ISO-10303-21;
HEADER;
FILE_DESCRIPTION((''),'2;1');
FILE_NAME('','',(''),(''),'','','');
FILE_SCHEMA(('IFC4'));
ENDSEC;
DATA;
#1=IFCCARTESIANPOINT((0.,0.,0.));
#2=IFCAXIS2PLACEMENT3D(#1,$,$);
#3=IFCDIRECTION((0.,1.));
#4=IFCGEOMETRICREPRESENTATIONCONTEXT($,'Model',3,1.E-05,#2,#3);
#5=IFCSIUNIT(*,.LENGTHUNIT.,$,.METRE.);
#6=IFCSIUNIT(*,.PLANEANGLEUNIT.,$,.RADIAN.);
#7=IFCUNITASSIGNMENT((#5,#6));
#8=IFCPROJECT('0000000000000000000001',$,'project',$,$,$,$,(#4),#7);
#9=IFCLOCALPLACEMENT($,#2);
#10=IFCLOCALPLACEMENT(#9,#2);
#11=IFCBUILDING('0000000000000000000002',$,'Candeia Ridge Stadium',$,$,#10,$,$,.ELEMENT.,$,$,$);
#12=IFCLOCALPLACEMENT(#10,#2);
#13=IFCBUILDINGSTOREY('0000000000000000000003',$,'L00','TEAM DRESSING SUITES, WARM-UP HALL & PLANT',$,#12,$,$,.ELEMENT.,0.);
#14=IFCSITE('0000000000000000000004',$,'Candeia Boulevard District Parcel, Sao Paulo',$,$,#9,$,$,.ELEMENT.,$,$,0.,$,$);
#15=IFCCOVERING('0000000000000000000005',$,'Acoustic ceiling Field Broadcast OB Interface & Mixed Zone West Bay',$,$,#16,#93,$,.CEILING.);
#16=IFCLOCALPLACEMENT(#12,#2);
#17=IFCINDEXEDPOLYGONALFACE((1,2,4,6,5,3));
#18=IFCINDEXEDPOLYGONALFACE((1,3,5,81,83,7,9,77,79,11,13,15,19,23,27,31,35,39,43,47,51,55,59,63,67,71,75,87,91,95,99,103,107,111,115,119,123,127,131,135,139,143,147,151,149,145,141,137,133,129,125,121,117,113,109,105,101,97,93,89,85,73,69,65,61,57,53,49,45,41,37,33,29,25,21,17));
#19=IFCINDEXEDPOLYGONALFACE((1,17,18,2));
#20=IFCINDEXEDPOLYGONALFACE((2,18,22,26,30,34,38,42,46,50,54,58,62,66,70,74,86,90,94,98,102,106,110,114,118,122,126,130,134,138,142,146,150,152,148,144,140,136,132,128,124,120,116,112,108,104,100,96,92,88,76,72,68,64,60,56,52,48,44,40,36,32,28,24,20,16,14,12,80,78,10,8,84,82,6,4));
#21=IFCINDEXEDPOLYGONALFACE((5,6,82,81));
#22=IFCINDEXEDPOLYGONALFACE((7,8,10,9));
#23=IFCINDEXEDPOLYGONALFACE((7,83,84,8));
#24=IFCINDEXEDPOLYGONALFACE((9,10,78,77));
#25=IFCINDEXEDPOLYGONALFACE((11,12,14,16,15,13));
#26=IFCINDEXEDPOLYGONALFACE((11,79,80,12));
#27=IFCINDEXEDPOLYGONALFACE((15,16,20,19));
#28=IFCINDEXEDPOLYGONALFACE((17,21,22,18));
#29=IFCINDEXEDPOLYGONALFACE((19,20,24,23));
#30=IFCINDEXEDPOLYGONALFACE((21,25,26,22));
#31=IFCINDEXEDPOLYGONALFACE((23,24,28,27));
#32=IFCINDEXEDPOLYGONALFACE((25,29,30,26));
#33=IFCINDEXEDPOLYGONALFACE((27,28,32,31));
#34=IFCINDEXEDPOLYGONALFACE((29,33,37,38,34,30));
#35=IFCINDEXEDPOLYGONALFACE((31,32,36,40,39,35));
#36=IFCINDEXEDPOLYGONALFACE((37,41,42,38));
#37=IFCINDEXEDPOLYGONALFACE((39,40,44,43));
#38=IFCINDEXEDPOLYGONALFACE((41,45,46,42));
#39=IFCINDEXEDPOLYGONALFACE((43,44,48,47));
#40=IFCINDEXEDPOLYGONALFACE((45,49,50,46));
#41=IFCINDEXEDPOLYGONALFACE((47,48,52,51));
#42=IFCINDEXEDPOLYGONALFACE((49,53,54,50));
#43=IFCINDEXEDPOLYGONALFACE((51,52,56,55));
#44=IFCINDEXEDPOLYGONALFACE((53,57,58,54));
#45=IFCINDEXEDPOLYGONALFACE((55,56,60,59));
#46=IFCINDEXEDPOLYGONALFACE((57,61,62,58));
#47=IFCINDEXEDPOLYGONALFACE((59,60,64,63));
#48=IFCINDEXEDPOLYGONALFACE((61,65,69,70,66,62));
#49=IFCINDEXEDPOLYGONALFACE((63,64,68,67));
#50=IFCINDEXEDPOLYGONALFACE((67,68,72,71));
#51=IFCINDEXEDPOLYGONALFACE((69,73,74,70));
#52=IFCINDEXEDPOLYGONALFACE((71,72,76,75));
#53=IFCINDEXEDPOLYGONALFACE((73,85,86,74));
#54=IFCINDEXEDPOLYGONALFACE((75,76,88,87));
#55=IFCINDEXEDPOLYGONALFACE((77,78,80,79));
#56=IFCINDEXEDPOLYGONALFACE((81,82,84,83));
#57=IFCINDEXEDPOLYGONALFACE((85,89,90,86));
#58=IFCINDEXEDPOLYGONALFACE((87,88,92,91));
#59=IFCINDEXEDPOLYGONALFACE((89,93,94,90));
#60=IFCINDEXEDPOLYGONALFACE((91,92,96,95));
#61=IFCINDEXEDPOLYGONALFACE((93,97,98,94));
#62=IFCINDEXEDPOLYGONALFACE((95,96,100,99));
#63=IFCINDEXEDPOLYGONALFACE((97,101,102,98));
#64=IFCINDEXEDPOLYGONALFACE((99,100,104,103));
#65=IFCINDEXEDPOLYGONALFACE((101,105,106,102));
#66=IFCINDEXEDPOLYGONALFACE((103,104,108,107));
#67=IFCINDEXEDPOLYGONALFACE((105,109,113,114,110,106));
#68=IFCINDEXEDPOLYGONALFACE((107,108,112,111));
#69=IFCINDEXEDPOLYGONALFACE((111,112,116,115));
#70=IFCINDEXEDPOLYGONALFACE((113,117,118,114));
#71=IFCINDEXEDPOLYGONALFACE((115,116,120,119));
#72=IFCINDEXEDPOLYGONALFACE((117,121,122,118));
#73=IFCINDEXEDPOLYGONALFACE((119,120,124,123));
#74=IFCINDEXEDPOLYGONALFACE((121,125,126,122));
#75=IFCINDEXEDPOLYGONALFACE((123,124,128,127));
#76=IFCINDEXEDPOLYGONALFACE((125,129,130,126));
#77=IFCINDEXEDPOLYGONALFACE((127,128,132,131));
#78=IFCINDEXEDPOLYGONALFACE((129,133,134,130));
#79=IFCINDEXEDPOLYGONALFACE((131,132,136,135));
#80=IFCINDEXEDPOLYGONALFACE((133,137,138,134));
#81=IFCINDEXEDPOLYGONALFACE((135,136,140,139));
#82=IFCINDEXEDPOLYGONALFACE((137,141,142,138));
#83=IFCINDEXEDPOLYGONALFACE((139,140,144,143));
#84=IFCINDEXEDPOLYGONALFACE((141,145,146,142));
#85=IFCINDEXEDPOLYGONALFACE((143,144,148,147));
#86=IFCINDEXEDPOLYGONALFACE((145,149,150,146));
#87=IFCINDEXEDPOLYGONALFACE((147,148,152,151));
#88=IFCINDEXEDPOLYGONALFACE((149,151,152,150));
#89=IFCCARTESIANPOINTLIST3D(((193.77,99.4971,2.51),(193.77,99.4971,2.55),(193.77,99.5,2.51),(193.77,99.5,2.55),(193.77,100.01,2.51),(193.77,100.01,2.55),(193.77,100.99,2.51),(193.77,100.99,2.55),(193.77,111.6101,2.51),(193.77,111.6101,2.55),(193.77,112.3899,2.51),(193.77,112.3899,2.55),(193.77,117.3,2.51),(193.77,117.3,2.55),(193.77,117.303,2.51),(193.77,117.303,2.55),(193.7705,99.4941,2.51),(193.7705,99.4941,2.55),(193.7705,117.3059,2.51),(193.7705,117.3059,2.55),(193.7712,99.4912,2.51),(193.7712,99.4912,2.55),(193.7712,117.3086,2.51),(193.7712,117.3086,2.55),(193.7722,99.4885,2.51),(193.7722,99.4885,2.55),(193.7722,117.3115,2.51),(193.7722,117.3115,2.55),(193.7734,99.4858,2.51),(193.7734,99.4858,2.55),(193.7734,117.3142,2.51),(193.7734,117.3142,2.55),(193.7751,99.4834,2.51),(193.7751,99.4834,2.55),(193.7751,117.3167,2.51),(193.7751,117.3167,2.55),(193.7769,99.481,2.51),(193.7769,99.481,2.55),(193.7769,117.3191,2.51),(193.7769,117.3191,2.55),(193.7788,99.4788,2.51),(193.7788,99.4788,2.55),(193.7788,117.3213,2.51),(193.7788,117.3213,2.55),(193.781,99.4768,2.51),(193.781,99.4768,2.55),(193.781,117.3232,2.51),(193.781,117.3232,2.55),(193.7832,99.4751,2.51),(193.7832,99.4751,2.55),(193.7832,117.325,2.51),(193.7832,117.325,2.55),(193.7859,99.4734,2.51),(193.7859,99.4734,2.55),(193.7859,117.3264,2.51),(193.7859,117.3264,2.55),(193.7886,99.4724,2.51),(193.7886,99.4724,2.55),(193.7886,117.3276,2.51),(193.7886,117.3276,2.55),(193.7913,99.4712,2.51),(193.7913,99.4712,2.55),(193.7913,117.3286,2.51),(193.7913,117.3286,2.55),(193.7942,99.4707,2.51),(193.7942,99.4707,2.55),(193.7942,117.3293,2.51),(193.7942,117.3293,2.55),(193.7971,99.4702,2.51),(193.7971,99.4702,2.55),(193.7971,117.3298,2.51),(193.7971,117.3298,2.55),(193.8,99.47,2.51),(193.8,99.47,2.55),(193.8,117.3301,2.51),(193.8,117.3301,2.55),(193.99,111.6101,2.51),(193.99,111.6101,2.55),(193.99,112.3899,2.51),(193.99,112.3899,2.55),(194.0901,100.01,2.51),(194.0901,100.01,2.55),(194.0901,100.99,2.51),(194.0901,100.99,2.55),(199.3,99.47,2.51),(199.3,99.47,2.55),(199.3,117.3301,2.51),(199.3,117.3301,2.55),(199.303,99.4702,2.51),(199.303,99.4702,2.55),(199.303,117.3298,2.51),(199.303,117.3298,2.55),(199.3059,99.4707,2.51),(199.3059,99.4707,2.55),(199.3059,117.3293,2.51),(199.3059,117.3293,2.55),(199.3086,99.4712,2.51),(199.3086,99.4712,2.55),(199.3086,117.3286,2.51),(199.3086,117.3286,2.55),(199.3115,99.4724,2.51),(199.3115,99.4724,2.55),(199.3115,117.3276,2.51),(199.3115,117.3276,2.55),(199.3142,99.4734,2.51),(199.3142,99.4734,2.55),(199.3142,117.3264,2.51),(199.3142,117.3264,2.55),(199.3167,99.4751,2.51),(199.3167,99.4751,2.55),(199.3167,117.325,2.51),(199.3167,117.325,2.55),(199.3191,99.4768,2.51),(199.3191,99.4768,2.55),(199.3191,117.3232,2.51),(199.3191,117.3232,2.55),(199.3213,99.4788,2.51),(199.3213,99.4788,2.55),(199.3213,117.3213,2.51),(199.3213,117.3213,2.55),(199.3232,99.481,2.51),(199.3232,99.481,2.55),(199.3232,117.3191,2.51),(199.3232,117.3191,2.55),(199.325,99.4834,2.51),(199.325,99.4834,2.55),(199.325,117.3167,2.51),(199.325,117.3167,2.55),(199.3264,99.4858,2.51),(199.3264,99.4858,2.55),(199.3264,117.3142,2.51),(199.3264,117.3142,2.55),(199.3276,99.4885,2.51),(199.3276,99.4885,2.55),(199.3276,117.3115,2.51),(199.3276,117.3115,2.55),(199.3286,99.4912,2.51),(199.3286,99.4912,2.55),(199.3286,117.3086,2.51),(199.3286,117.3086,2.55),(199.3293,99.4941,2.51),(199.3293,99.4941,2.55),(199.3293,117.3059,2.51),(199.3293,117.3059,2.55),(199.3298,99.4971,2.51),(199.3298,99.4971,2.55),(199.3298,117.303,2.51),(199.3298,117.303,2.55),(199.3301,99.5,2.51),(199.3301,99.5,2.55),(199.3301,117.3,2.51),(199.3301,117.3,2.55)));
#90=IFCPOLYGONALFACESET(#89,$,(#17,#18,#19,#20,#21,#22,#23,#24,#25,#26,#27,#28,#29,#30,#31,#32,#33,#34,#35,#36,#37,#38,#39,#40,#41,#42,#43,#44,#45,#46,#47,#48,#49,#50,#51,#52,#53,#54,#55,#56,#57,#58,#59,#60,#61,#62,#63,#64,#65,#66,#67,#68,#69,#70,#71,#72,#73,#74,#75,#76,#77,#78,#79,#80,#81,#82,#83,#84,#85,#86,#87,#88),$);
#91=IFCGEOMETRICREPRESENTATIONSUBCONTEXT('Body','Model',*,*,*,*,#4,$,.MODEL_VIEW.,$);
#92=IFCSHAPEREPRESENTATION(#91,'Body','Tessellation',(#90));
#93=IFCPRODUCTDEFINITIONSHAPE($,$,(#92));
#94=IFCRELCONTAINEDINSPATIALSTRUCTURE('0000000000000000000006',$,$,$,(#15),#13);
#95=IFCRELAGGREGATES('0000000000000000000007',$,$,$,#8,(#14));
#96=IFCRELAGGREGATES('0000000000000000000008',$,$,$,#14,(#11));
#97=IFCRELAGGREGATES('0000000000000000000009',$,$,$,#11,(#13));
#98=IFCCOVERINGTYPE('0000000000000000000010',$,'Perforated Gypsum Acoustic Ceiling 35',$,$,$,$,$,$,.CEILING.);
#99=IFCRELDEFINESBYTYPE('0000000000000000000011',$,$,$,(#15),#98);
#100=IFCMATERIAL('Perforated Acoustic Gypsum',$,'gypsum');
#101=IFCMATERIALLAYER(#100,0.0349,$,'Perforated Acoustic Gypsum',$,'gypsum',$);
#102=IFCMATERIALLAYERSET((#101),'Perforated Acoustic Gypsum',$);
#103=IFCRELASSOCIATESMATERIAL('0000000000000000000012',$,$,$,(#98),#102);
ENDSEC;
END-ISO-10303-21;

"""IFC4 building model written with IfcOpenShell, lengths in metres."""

from ifc_helpers import new_model, si_unit, direction, frame, origin, place, context, subcontext, project, spatial, polyline, outline, extrude, material, layer, layer_set, type_object, element, save


model = new_model("IFC4")

# Units and contexts
model_context = context("Model", 3, precision=1e-05, world=origin(), true_north=direction((0.0, 1.0)))
body_context = subcontext(model_context, "Body", "Model", "MODEL_VIEW")
ifc_project = project(units=[si_unit("LENGTHUNIT", "METRE"), si_unit("PLANEANGLEUNIT", "RADIAN")], contexts=[model_context])

# Site, building, storey
site_placement = place(None, origin())
site = spatial("IfcSite", under=ifc_project, at=site_placement, Name="Candeia Boulevard District Parcel, Sao Paulo", CompositionType="ELEMENT", RefElevation=0.0)
building_placement = place(site_placement, origin())
building = spatial("IfcBuilding", under=site, at=building_placement, Name="Candeia Ridge Stadium", CompositionType="ELEMENT")
storey_placement = place(building_placement, origin())
storey = spatial("IfcBuildingStorey", under=building, at=storey_placement, Name="L00", Description="TEAM DRESSING SUITES, WARM-UP HALL & PLANT", CompositionType="ELEMENT", Elevation=0.0)

# Covering
ifc_material_1 = material(Name="Perforated Acoustic Gypsum", Category="gypsum")
ifc_layer_1 = layer(ifc_material_1, 0.0349, Name="Perforated Acoustic Gypsum", Category="gypsum")
ifc_layer_set_1 = layer_set([ifc_layer_1], Name="Perforated Acoustic Gypsum")
covering_type_1 = type_object("IfcCoveringType", Name="Perforated Gypsum Acoustic Ceiling 35", PredefinedType="CEILING", material=ifc_layer_set_1)
covering_1_placement = place(storey_placement, frame((0.0, 0.0, 2.51)))
element("IfcCovering", 1, at=covering_1_placement, inside=storey, type_object=covering_type_1, Name="Acoustic ceiling Field Broadcast OB Interface & Mixed Zone West Bay", PredefinedType="CEILING", context=body_context, shape_type="SweptSolid", body=[
    extrude(outline(polyline([(193.7942, 99.4707), (193.7913, 99.4712), (193.7886, 99.4724), (193.7859, 99.4734), (193.7832, 99.4751), (193.781, 99.4768), (193.7788, 99.4788), (193.7769, 99.481), (193.7751, 99.4834), (193.7734, 99.4858), (193.7722, 99.4885), (193.7712, 99.4912), (193.7705, 99.4941), (193.77, 99.4971), (193.77, 99.5), (193.77, 100.01), (194.0901, 100.01), (194.0901, 100.99), (193.77, 100.99), (193.77, 111.6101), (193.99, 111.6101), (193.99, 112.3899), (193.77, 112.3899), (193.77, 117.3), (193.77, 117.303), (193.7705, 117.3059), (193.7712, 117.3086), (193.7722, 117.3115), (193.7734, 117.3142), (193.7751, 117.3167), (193.7769, 117.3191), (193.7788, 117.3213), (193.781, 117.3232), (193.7832, 117.325), (193.7859, 117.3264), (193.7886, 117.3276), (193.7913, 117.3286), (193.7942, 117.3293), (193.7971, 117.3298), (193.8, 117.3301), (199.3, 117.3301), (199.303, 117.3298), (199.3059, 117.3293), (199.3086, 117.3286), (199.3115, 117.3276), (199.3142, 117.3264), (199.3167, 117.325), (199.3191, 117.3232), (199.3213, 117.3213), (199.3232, 117.3191), (199.325, 117.3167), (199.3264, 117.3142), (199.3276, 117.3115), (199.3286, 117.3086), (199.3293, 117.3059), (199.3298, 117.303), (199.3301, 117.3), (199.3301, 99.5), (199.3298, 99.4971), (199.3293, 99.4941), (199.3286, 99.4912), (199.3276, 99.4885), (199.3264, 99.4858), (199.325, 99.4834), (199.3232, 99.481), (199.3213, 99.4788), (199.3191, 99.4768), (199.3167, 99.4751), (199.3142, 99.4734), (199.3115, 99.4724), (199.3086, 99.4712), (199.3059, 99.4707), (199.303, 99.4702), (199.3, 99.47), (193.8, 99.47), (193.7971, 99.4702), (193.7942, 99.4707)])), origin(), (0.0, 0.0, 1.0), 0.04),
])

save(model, "model.ifc")
